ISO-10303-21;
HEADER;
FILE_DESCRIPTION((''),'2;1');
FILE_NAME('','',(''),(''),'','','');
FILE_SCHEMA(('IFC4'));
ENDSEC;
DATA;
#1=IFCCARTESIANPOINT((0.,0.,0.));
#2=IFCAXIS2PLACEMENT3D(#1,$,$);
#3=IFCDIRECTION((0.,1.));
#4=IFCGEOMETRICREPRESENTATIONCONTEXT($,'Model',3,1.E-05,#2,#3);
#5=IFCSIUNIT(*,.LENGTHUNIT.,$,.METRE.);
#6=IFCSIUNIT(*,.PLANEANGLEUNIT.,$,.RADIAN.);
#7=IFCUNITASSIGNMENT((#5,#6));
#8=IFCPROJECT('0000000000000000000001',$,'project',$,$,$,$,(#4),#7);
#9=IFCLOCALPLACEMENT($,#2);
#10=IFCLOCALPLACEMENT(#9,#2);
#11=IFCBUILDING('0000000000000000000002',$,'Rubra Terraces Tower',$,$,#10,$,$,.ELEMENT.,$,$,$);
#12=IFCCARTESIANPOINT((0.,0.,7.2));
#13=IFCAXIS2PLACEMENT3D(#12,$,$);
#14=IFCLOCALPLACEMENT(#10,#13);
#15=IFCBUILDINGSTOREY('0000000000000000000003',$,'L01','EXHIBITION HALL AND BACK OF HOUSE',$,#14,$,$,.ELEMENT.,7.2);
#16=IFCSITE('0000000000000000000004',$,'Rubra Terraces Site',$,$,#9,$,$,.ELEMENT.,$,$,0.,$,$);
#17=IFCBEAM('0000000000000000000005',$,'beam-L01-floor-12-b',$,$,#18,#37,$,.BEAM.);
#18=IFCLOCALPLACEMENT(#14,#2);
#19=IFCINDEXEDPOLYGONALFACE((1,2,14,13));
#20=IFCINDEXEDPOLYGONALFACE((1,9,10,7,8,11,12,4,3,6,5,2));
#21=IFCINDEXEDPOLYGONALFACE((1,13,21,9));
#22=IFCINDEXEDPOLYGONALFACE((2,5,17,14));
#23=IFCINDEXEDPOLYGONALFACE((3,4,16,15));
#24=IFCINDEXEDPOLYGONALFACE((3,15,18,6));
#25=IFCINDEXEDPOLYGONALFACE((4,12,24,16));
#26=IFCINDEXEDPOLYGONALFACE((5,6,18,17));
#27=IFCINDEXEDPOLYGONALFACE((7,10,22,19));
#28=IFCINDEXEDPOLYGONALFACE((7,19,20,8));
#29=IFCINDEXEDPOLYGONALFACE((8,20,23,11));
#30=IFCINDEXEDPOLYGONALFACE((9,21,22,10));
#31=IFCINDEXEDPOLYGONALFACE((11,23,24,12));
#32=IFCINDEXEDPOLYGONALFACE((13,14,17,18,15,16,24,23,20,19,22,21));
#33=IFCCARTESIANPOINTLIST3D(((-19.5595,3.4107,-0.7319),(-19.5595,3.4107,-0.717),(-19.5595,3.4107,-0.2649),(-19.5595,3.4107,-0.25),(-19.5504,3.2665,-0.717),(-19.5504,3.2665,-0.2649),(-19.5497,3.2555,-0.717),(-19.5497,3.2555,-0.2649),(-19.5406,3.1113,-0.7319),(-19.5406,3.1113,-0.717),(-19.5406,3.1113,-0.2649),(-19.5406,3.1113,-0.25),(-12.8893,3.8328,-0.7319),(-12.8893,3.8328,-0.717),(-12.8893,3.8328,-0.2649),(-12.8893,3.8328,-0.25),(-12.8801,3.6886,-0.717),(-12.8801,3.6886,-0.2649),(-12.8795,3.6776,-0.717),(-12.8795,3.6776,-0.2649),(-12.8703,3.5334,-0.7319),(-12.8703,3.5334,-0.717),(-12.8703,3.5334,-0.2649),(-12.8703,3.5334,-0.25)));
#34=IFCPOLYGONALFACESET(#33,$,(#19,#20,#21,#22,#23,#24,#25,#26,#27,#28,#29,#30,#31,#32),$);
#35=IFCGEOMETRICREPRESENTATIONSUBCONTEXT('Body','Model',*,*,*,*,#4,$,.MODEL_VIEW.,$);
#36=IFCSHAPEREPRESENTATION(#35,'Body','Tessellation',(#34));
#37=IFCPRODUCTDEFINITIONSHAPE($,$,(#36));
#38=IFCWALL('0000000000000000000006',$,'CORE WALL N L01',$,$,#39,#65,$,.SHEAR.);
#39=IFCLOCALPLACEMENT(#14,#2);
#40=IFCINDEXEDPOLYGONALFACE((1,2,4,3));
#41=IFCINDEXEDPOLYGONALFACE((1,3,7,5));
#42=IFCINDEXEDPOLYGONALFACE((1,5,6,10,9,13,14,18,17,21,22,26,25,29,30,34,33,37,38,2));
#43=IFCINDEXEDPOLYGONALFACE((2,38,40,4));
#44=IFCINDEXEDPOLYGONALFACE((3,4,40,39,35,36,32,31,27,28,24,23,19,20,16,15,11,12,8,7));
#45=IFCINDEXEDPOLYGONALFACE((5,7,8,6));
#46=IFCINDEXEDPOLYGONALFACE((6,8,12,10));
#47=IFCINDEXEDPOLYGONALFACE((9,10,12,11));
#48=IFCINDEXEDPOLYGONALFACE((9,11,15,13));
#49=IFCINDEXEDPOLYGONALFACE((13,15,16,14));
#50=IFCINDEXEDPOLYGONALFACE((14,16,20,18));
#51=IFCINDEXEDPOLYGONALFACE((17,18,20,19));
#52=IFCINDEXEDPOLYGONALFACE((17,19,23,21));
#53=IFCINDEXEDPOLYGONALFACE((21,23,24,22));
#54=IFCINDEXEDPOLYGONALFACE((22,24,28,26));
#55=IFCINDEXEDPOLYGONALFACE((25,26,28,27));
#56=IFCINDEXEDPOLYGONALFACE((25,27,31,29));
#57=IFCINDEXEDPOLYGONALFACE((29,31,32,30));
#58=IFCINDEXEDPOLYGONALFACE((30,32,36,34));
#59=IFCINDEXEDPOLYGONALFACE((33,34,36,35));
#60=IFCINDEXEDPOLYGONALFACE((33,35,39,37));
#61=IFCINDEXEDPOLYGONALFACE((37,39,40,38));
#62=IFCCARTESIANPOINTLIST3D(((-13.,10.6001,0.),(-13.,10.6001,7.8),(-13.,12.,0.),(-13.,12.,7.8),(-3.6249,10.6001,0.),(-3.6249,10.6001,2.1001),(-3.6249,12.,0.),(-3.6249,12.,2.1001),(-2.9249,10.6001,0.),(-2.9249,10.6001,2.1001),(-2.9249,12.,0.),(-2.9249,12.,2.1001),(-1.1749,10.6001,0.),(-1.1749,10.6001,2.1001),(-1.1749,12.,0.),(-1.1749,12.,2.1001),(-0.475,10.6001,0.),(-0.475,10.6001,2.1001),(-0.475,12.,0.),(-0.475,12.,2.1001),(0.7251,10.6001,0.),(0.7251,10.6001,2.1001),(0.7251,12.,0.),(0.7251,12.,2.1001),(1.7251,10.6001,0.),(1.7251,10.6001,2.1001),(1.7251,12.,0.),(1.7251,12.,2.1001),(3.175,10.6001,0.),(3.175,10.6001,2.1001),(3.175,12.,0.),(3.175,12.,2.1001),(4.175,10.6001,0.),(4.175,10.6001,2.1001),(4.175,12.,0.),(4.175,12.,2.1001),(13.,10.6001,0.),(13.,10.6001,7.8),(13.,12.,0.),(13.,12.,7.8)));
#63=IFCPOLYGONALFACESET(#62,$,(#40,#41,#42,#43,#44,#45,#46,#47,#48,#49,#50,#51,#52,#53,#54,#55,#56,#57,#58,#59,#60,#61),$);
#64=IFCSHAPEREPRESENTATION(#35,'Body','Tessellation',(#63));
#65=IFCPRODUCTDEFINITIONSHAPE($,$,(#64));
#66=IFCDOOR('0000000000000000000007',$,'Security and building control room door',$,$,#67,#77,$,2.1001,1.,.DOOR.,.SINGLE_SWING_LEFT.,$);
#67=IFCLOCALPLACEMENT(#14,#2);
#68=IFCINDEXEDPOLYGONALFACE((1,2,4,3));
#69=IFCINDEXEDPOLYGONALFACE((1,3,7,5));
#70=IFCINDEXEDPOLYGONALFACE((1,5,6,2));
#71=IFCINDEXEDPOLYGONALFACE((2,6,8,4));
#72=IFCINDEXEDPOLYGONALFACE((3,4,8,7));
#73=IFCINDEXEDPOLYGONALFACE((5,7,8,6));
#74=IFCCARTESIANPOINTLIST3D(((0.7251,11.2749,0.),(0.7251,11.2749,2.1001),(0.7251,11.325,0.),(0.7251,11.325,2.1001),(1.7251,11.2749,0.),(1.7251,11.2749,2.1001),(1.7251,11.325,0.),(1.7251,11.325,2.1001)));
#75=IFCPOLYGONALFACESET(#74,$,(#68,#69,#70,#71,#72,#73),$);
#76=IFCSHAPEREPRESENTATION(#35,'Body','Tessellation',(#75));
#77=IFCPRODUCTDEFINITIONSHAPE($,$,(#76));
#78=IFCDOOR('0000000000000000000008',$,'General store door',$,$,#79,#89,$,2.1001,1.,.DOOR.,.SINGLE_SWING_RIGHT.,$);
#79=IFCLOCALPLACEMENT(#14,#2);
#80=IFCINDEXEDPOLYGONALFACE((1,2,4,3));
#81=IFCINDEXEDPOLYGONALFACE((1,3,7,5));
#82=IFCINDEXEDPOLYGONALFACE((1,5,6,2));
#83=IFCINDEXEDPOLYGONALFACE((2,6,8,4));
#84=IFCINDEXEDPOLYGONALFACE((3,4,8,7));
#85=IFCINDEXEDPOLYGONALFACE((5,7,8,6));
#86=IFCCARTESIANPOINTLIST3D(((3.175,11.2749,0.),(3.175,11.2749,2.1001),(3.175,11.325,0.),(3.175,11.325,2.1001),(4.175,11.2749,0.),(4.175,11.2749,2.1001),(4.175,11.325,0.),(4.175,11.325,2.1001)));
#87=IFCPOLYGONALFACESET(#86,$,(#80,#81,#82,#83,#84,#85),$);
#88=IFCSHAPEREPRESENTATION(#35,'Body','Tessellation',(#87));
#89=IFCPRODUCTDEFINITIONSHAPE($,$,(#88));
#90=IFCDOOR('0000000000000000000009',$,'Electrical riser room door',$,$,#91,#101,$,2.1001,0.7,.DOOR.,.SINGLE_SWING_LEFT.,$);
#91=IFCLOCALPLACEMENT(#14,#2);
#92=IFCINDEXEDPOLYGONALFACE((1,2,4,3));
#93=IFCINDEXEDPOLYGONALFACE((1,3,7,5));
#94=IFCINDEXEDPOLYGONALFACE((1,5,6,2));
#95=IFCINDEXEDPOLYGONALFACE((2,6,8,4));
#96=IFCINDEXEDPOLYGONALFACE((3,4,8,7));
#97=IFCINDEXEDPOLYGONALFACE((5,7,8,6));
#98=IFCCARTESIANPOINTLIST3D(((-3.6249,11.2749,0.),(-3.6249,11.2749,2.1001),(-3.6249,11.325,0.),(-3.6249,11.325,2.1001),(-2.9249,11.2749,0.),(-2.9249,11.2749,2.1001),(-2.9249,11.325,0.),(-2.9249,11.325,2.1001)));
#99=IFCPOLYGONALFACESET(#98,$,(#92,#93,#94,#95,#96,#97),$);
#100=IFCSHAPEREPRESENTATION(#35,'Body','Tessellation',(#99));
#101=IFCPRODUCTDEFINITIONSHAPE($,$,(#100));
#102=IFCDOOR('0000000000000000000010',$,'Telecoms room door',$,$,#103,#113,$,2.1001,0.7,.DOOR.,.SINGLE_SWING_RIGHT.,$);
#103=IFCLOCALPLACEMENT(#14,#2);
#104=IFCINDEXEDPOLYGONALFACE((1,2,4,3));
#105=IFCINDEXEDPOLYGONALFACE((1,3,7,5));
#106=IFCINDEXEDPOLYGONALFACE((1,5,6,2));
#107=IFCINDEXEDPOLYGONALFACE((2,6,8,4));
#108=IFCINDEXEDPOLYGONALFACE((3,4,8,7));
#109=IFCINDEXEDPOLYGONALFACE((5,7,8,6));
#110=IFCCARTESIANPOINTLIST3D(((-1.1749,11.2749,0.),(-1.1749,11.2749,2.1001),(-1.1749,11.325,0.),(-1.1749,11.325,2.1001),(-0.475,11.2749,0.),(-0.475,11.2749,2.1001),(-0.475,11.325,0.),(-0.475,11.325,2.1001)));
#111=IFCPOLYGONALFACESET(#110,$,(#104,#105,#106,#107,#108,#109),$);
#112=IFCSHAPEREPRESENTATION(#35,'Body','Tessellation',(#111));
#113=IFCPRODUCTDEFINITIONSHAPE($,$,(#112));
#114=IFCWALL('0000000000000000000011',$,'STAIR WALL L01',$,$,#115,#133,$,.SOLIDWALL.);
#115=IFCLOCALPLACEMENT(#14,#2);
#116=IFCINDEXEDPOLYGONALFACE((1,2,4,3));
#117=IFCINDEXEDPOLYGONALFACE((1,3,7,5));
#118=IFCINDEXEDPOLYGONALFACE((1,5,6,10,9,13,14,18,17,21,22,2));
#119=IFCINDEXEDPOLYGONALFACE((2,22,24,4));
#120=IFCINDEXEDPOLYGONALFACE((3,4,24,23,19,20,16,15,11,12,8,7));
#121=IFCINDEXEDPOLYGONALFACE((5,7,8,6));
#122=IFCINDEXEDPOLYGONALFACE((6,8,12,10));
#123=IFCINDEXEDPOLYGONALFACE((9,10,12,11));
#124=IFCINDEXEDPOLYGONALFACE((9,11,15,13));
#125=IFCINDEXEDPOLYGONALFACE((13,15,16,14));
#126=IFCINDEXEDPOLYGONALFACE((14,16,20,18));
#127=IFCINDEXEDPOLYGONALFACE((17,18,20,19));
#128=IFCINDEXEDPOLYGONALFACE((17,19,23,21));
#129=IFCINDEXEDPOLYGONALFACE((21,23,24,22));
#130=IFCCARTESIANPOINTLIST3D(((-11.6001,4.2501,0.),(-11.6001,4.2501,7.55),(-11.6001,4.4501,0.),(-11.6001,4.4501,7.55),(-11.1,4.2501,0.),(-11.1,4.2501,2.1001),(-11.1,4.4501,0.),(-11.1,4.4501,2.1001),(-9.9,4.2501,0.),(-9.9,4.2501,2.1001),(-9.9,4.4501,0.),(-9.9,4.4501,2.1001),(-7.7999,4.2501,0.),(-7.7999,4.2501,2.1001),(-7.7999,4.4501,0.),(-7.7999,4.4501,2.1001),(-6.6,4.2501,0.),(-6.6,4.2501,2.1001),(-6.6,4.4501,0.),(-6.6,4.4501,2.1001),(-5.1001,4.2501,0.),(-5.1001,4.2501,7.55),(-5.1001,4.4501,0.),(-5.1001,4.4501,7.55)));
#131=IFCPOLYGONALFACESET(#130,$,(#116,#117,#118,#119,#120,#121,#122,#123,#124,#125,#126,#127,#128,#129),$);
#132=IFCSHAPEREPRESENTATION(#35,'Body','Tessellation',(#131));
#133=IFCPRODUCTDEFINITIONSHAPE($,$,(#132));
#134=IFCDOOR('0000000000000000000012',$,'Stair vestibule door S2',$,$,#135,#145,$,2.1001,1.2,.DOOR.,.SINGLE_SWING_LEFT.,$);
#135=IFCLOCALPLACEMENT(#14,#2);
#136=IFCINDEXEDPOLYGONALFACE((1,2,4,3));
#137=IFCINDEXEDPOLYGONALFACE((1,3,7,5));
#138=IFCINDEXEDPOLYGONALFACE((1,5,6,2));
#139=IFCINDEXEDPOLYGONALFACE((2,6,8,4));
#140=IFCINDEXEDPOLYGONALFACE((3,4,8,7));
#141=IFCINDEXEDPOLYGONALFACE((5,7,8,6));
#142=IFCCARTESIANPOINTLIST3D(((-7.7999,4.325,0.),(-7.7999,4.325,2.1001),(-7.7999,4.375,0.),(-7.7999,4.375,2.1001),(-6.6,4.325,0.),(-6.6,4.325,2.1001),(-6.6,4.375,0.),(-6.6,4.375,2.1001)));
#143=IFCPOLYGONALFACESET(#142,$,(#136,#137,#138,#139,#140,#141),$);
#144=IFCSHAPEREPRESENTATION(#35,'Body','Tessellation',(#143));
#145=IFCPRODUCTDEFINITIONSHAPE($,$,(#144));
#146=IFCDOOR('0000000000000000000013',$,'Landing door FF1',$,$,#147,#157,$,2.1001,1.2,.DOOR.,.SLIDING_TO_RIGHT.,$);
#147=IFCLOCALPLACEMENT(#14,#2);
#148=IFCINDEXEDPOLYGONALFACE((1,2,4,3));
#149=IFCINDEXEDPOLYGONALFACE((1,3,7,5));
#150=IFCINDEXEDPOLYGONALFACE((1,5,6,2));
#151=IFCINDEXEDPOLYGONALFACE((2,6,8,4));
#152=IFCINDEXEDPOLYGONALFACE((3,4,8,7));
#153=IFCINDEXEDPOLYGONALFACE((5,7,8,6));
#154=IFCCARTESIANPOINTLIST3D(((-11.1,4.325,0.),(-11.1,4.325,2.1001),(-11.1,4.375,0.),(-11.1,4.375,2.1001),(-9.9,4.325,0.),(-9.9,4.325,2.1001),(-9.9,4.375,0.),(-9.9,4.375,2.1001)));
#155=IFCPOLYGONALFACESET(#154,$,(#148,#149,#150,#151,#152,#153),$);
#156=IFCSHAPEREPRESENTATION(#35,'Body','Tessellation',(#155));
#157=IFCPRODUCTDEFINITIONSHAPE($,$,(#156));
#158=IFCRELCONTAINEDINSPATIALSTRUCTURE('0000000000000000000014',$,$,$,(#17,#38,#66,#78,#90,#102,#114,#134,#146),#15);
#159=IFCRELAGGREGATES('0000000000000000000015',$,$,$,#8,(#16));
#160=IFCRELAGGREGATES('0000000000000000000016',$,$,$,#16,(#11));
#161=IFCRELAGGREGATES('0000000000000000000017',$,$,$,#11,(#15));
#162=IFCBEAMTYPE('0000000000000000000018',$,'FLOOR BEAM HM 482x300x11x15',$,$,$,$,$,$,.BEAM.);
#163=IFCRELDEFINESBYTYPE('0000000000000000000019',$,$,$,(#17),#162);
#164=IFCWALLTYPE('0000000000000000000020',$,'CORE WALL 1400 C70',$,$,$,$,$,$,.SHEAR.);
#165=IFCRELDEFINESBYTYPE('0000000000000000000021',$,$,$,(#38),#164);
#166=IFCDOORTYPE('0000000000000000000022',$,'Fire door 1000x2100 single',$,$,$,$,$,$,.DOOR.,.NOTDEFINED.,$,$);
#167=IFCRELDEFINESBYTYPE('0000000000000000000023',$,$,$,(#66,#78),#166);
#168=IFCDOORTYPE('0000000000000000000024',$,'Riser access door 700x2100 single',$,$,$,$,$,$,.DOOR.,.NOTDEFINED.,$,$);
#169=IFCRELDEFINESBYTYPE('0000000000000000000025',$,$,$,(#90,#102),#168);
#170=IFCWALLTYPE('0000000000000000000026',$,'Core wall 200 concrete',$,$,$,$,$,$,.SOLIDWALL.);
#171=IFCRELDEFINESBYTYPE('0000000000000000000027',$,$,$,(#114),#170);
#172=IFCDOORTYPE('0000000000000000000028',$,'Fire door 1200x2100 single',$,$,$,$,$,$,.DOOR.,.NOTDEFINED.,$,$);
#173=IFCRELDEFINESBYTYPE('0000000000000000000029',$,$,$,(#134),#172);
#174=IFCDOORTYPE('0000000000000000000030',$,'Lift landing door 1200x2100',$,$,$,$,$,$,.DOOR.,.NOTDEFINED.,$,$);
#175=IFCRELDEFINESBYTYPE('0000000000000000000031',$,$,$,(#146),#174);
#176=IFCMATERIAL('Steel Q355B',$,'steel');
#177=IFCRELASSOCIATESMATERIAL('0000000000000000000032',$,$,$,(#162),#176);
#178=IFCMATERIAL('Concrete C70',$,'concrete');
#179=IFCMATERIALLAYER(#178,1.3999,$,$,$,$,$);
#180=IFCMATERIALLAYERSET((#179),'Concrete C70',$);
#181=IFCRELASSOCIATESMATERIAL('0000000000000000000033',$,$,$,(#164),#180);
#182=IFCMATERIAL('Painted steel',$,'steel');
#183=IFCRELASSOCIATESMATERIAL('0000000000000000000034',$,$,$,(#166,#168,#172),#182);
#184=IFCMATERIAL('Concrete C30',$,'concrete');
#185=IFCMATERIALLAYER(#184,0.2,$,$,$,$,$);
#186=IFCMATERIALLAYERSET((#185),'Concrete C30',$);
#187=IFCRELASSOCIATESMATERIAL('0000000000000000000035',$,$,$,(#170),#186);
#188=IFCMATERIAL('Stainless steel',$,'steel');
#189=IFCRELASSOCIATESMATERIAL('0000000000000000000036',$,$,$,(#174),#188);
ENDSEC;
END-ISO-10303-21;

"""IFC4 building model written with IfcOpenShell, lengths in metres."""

from ifc_helpers import new_model, si_unit, direction, frame, frame_2d, origin, origin_2d, place, context, subcontext, project, spatial, rectangle, i_section, extrude, material, layer, layer_set, material_profile, profile_set, type_object, element, fill, save


model = new_model("IFC4")

# Units and contexts
model_context = context("Model", 3, precision=1e-05, world=origin(), true_north=direction((0.0, 1.0)))
body_context = subcontext(model_context, "Body", "Model", "MODEL_VIEW")
ifc_project = project(units=[si_unit("LENGTHUNIT", "METRE"), si_unit("PLANEANGLEUNIT", "RADIAN")], contexts=[model_context])

# Site, building, storey
site_placement = place(None, origin())
site = spatial("IfcSite", under=ifc_project, at=site_placement, Name="Rubra Terraces Site", CompositionType="ELEMENT", RefElevation=0.0)
building_placement = place(site_placement, origin())
building = spatial("IfcBuilding", under=site, at=building_placement, Name="Rubra Terraces Tower", CompositionType="ELEMENT")
storey_placement = place(building_placement, frame((0.0, 0.0, 7.2)))
storey = spatial("IfcBuildingStorey", under=building, at=storey_placement, Name="L01", Description="EXHIBITION HALL AND BACK OF HOUSE", CompositionType="ELEMENT", Elevation=7.2)

# Beam
ifc_material_1 = material(Name="Steel Q355B", Category="steel")
ifc_material_profile = material_profile(ifc_material_1, i_section(OverallWidth=0.3, OverallDepth=0.4819, WebThickness=0.011, FlangeThickness=0.0149, at=origin_2d()), Name="HM 482x300x11x15")
ifc_profile_set = profile_set([ifc_material_profile], Name="Steel Q355B")
beam_type = type_object("IfcBeamType", Name="FLOOR BEAM HM 482x300x11x15", PredefinedType="BEAM", material=ifc_profile_set)
beam_placement = place(storey_placement, frame((-19.55, 3.261, -0.491), z_axis=(0.998004, 0.063158, 0.0), x_axis=(-0.063158, 0.998004, 0.0)))
element("IfcBeam", 1, at=beam_placement, inside=storey, type_object=beam_type, Name="beam-L01-floor-12-b", PredefinedType="BEAM", context=body_context, shape_type="SweptSolid", body=[
    extrude(i_section(OverallWidth=0.3, OverallDepth=0.4819, WebThickness=0.011, FlangeThickness=0.0149, at=origin_2d()), origin(), (0.0, 0.0, 1.0), 6.6836),
])

# Walls, openings, doors
ifc_material_2 = material(Name="Concrete C70", Category="concrete")
ifc_layer_1 = layer(ifc_material_2, 1.3999)
ifc_layer_set_1 = layer_set([ifc_layer_1], Name="Concrete C70")
wall_type_1 = type_object("IfcWallType", Name="CORE WALL 1400 C70", PredefinedType="SHEAR", material=ifc_layer_set_1)
wall_1_placement = place(storey_placement, frame((-13.0, 11.3, 0.0), z_axis=(0.0, 0.0, 1.0), x_axis=(1.0, 0.0, 0.0)))
wall_1 = element("IfcWall", 2, at=wall_1_placement, inside=storey, type_object=wall_type_1, Name="CORE WALL N L01", PredefinedType="SHEAR", context=body_context, shape_type="SweptSolid", body=[
    extrude(rectangle(XDim=26.0, YDim=1.3999, at=frame_2d((13.0, 0.0))), origin(), (0.0, 0.0, 1.0), 7.8),
])
opening_1_placement = place(wall_1_placement, frame((9.375, 0.0, 0.0)))
opening_1 = element("IfcOpeningElement", 3, at=opening_1_placement, cuts=wall_1, PredefinedType="OPENING", context=body_context, shape_type="SweptSolid", body=[
    extrude(rectangle(XDim=0.7, YDim=2.1001, at=frame_2d((0.3501, 1.05))), frame((0.0, 0.71, 0.0), z_axis=(0.0, -1.0, 0.0), x_axis=(1.0, 0.0, 0.0)), (0.0, 0.0, 1.0), 1.4199),
])
opening_2_placement = place(wall_1_placement, frame((11.825, 0.0, 0.0)))
opening_2 = element("IfcOpeningElement", 4, at=opening_2_placement, cuts=wall_1, PredefinedType="OPENING", context=body_context, shape_type="SweptSolid", body=[
    extrude(rectangle(XDim=0.7, YDim=2.1001, at=frame_2d((0.3501, 1.05))), frame((0.0, 0.71, 0.0), z_axis=(0.0, -1.0, 0.0), x_axis=(1.0, 0.0, 0.0)), (0.0, 0.0, 1.0), 1.4199),
])
opening_3_placement = place(wall_1_placement, frame((13.7251, 0.0, 0.0)))
opening_3 = element("IfcOpeningElement", 5, at=opening_3_placement, cuts=wall_1, PredefinedType="OPENING", context=body_context, shape_type="SweptSolid", body=[
    extrude(rectangle(XDim=1.0, YDim=2.1001, at=frame_2d((0.5, 1.05))), frame((0.0, 0.71, 0.0), z_axis=(0.0, -1.0, 0.0), x_axis=(1.0, 0.0, 0.0)), (0.0, 0.0, 1.0), 1.4199),
])
opening_4_placement = place(wall_1_placement, frame((16.175, 0.0, 0.0)))
opening_4 = element("IfcOpeningElement", 6, at=opening_4_placement, cuts=wall_1, PredefinedType="OPENING", context=body_context, shape_type="SweptSolid", body=[
    extrude(rectangle(XDim=1.0, YDim=2.1001, at=frame_2d((0.5, 1.05))), frame((0.0, 0.71, 0.0), z_axis=(0.0, -1.0, 0.0), x_axis=(1.0, 0.0, 0.0)), (0.0, 0.0, 1.0), 1.4199),
])
ifc_material_3 = material(Name="Painted steel", Category="steel")
door_type_1 = type_object("IfcDoorType", Name="Fire door 1000x2100 single", OperationType="NOTDEFINED", PredefinedType="DOOR", material=ifc_material_3)
door_1_placement = place(opening_3_placement, origin())
door_1 = element("IfcDoor", 7, at=door_1_placement, inside=storey, type_object=door_type_1, Name="Security and building control room door", OperationType="SINGLE_SWING_LEFT", OverallHeight=2.1001, OverallWidth=1.0, PredefinedType="DOOR", context=body_context, shape_type="SweptSolid", body=[
    extrude(rectangle(XDim=1.0, YDim=2.1001, at=frame_2d((0.5, 1.05))), frame((0.0, 0.0249, 0.0), z_axis=(0.0, -1.0, 0.0), x_axis=(1.0, 0.0, 0.0)), (0.0, 0.0, 1.0), 0.05),
])
fill(opening_3, door_1)
door_2_placement = place(opening_4_placement, origin())
door_2 = element("IfcDoor", 8, at=door_2_placement, inside=storey, type_object=door_type_1, Name="General store door", OperationType="SINGLE_SWING_RIGHT", OverallHeight=2.1001, OverallWidth=1.0, PredefinedType="DOOR", context=body_context, shape_type="SweptSolid", body=[
    extrude(rectangle(XDim=1.0, YDim=2.1001, at=frame_2d((0.5, 1.05))), frame((0.0, 0.0249, 0.0), z_axis=(0.0, -1.0, 0.0), x_axis=(1.0, 0.0, 0.0)), (0.0, 0.0, 1.0), 0.05),
])
fill(opening_4, door_2)
door_type_2 = type_object("IfcDoorType", Name="Riser access door 700x2100 single", OperationType="NOTDEFINED", PredefinedType="DOOR", material=ifc_material_3)
door_3_placement = place(opening_1_placement, origin())
door_3 = element("IfcDoor", 9, at=door_3_placement, inside=storey, type_object=door_type_2, Name="Electrical riser room door", OperationType="SINGLE_SWING_LEFT", OverallHeight=2.1001, OverallWidth=0.7, PredefinedType="DOOR", context=body_context, shape_type="SweptSolid", body=[
    extrude(rectangle(XDim=0.7, YDim=2.1001, at=frame_2d((0.3501, 1.05))), frame((0.0, 0.0249, 0.0), z_axis=(0.0, -1.0, 0.0), x_axis=(1.0, 0.0, 0.0)), (0.0, 0.0, 1.0), 0.05),
])
fill(opening_1, door_3)
door_4_placement = place(opening_2_placement, origin())
door_4 = element("IfcDoor", 10, at=door_4_placement, inside=storey, type_object=door_type_2, Name="Telecoms room door", OperationType="SINGLE_SWING_RIGHT", OverallHeight=2.1001, OverallWidth=0.7, PredefinedType="DOOR", context=body_context, shape_type="SweptSolid", body=[
    extrude(rectangle(XDim=0.7, YDim=2.1001, at=frame_2d((0.3501, 1.05))), frame((0.0, 0.0249, 0.0), z_axis=(0.0, -1.0, 0.0), x_axis=(1.0, 0.0, 0.0)), (0.0, 0.0, 1.0), 0.05),
])
fill(opening_2, door_4)
ifc_material_4 = material(Name="Concrete C30", Category="concrete")
ifc_layer_2 = layer(ifc_material_4, 0.2)
ifc_layer_set_2 = layer_set([ifc_layer_2], Name="Concrete C30")
wall_type_2 = type_object("IfcWallType", Name="Core wall 200 concrete", PredefinedType="SOLIDWALL", material=ifc_layer_set_2)
wall_2_placement = place(storey_placement, frame((-11.6001, 4.3501, 0.0), z_axis=(0.0, 0.0, 1.0), x_axis=(1.0, 0.0, 0.0)))
wall_2 = element("IfcWall", 11, at=wall_2_placement, inside=storey, type_object=wall_type_2, Name="STAIR WALL L01", PredefinedType="SOLIDWALL", context=body_context, shape_type="SweptSolid", body=[
    extrude(rectangle(XDim=6.5, YDim=0.2, at=frame_2d((3.25, 0.0))), origin(), (0.0, 0.0, 1.0), 7.55),
])
opening_5_placement = place(wall_2_placement, frame((3.8, 0.0, 0.0)))
opening_5 = element("IfcOpeningElement", 12, at=opening_5_placement, cuts=wall_2, PredefinedType="OPENING", context=body_context, shape_type="SweptSolid", body=[
    extrude(rectangle(XDim=1.2, YDim=2.1001, at=frame_2d((0.6001, 1.05))), frame((0.0, 0.1099, 0.0), z_axis=(0.0, -1.0, 0.0), x_axis=(1.0, 0.0, 0.0)), (0.0, 0.0, 1.0), 0.22),
])
opening_6_placement = place(wall_2_placement, frame((0.5, 0.0, 0.0)))
opening_6 = element("IfcOpeningElement", 13, at=opening_6_placement, cuts=wall_2, PredefinedType="OPENING", context=body_context, shape_type="SweptSolid", body=[
    extrude(rectangle(XDim=1.2, YDim=2.1001, at=frame_2d((0.6001, 1.05))), frame((0.0, 0.1099, 0.0), z_axis=(0.0, -1.0, 0.0), x_axis=(1.0, 0.0, 0.0)), (0.0, 0.0, 1.0), 0.22),
])
door_type_3 = type_object("IfcDoorType", Name="Fire door 1200x2100 single", OperationType="NOTDEFINED", PredefinedType="DOOR", material=ifc_material_3)
door_5_placement = place(opening_5_placement, origin())
door_5 = element("IfcDoor", 14, at=door_5_placement, inside=storey, type_object=door_type_3, Name="Stair vestibule door S2", OperationType="SINGLE_SWING_LEFT", OverallHeight=2.1001, OverallWidth=1.2, PredefinedType="DOOR", context=body_context, shape_type="SweptSolid", body=[
    extrude(rectangle(XDim=1.2, YDim=2.1001, at=frame_2d((0.6001, 1.05))), frame((0.0, 0.0249, 0.0), z_axis=(0.0, -1.0, 0.0), x_axis=(1.0, 0.0, 0.0)), (0.0, 0.0, 1.0), 0.05),
])
fill(opening_5, door_5)
ifc_material_5 = material(Name="Stainless steel", Category="steel")
door_type_4 = type_object("IfcDoorType", Name="Lift landing door 1200x2100", OperationType="NOTDEFINED", PredefinedType="DOOR", material=ifc_material_5)
door_6_placement = place(opening_6_placement, origin())
door_6 = element("IfcDoor", 15, at=door_6_placement, inside=storey, type_object=door_type_4, Name="Landing door FF1", OperationType="SLIDING_TO_RIGHT", OverallHeight=2.1001, OverallWidth=1.2, PredefinedType="DOOR", context=body_context, shape_type="SweptSolid", body=[
    extrude(rectangle(XDim=1.2, YDim=2.1001, at=frame_2d((0.6001, 1.05))), frame((0.0, 0.0249, 0.0), z_axis=(0.0, -1.0, 0.0), x_axis=(1.0, 0.0, 0.0)), (0.0, 0.0, 1.0), 0.05),
])
fill(opening_6, door_6)

save(model, "model.ifc")
